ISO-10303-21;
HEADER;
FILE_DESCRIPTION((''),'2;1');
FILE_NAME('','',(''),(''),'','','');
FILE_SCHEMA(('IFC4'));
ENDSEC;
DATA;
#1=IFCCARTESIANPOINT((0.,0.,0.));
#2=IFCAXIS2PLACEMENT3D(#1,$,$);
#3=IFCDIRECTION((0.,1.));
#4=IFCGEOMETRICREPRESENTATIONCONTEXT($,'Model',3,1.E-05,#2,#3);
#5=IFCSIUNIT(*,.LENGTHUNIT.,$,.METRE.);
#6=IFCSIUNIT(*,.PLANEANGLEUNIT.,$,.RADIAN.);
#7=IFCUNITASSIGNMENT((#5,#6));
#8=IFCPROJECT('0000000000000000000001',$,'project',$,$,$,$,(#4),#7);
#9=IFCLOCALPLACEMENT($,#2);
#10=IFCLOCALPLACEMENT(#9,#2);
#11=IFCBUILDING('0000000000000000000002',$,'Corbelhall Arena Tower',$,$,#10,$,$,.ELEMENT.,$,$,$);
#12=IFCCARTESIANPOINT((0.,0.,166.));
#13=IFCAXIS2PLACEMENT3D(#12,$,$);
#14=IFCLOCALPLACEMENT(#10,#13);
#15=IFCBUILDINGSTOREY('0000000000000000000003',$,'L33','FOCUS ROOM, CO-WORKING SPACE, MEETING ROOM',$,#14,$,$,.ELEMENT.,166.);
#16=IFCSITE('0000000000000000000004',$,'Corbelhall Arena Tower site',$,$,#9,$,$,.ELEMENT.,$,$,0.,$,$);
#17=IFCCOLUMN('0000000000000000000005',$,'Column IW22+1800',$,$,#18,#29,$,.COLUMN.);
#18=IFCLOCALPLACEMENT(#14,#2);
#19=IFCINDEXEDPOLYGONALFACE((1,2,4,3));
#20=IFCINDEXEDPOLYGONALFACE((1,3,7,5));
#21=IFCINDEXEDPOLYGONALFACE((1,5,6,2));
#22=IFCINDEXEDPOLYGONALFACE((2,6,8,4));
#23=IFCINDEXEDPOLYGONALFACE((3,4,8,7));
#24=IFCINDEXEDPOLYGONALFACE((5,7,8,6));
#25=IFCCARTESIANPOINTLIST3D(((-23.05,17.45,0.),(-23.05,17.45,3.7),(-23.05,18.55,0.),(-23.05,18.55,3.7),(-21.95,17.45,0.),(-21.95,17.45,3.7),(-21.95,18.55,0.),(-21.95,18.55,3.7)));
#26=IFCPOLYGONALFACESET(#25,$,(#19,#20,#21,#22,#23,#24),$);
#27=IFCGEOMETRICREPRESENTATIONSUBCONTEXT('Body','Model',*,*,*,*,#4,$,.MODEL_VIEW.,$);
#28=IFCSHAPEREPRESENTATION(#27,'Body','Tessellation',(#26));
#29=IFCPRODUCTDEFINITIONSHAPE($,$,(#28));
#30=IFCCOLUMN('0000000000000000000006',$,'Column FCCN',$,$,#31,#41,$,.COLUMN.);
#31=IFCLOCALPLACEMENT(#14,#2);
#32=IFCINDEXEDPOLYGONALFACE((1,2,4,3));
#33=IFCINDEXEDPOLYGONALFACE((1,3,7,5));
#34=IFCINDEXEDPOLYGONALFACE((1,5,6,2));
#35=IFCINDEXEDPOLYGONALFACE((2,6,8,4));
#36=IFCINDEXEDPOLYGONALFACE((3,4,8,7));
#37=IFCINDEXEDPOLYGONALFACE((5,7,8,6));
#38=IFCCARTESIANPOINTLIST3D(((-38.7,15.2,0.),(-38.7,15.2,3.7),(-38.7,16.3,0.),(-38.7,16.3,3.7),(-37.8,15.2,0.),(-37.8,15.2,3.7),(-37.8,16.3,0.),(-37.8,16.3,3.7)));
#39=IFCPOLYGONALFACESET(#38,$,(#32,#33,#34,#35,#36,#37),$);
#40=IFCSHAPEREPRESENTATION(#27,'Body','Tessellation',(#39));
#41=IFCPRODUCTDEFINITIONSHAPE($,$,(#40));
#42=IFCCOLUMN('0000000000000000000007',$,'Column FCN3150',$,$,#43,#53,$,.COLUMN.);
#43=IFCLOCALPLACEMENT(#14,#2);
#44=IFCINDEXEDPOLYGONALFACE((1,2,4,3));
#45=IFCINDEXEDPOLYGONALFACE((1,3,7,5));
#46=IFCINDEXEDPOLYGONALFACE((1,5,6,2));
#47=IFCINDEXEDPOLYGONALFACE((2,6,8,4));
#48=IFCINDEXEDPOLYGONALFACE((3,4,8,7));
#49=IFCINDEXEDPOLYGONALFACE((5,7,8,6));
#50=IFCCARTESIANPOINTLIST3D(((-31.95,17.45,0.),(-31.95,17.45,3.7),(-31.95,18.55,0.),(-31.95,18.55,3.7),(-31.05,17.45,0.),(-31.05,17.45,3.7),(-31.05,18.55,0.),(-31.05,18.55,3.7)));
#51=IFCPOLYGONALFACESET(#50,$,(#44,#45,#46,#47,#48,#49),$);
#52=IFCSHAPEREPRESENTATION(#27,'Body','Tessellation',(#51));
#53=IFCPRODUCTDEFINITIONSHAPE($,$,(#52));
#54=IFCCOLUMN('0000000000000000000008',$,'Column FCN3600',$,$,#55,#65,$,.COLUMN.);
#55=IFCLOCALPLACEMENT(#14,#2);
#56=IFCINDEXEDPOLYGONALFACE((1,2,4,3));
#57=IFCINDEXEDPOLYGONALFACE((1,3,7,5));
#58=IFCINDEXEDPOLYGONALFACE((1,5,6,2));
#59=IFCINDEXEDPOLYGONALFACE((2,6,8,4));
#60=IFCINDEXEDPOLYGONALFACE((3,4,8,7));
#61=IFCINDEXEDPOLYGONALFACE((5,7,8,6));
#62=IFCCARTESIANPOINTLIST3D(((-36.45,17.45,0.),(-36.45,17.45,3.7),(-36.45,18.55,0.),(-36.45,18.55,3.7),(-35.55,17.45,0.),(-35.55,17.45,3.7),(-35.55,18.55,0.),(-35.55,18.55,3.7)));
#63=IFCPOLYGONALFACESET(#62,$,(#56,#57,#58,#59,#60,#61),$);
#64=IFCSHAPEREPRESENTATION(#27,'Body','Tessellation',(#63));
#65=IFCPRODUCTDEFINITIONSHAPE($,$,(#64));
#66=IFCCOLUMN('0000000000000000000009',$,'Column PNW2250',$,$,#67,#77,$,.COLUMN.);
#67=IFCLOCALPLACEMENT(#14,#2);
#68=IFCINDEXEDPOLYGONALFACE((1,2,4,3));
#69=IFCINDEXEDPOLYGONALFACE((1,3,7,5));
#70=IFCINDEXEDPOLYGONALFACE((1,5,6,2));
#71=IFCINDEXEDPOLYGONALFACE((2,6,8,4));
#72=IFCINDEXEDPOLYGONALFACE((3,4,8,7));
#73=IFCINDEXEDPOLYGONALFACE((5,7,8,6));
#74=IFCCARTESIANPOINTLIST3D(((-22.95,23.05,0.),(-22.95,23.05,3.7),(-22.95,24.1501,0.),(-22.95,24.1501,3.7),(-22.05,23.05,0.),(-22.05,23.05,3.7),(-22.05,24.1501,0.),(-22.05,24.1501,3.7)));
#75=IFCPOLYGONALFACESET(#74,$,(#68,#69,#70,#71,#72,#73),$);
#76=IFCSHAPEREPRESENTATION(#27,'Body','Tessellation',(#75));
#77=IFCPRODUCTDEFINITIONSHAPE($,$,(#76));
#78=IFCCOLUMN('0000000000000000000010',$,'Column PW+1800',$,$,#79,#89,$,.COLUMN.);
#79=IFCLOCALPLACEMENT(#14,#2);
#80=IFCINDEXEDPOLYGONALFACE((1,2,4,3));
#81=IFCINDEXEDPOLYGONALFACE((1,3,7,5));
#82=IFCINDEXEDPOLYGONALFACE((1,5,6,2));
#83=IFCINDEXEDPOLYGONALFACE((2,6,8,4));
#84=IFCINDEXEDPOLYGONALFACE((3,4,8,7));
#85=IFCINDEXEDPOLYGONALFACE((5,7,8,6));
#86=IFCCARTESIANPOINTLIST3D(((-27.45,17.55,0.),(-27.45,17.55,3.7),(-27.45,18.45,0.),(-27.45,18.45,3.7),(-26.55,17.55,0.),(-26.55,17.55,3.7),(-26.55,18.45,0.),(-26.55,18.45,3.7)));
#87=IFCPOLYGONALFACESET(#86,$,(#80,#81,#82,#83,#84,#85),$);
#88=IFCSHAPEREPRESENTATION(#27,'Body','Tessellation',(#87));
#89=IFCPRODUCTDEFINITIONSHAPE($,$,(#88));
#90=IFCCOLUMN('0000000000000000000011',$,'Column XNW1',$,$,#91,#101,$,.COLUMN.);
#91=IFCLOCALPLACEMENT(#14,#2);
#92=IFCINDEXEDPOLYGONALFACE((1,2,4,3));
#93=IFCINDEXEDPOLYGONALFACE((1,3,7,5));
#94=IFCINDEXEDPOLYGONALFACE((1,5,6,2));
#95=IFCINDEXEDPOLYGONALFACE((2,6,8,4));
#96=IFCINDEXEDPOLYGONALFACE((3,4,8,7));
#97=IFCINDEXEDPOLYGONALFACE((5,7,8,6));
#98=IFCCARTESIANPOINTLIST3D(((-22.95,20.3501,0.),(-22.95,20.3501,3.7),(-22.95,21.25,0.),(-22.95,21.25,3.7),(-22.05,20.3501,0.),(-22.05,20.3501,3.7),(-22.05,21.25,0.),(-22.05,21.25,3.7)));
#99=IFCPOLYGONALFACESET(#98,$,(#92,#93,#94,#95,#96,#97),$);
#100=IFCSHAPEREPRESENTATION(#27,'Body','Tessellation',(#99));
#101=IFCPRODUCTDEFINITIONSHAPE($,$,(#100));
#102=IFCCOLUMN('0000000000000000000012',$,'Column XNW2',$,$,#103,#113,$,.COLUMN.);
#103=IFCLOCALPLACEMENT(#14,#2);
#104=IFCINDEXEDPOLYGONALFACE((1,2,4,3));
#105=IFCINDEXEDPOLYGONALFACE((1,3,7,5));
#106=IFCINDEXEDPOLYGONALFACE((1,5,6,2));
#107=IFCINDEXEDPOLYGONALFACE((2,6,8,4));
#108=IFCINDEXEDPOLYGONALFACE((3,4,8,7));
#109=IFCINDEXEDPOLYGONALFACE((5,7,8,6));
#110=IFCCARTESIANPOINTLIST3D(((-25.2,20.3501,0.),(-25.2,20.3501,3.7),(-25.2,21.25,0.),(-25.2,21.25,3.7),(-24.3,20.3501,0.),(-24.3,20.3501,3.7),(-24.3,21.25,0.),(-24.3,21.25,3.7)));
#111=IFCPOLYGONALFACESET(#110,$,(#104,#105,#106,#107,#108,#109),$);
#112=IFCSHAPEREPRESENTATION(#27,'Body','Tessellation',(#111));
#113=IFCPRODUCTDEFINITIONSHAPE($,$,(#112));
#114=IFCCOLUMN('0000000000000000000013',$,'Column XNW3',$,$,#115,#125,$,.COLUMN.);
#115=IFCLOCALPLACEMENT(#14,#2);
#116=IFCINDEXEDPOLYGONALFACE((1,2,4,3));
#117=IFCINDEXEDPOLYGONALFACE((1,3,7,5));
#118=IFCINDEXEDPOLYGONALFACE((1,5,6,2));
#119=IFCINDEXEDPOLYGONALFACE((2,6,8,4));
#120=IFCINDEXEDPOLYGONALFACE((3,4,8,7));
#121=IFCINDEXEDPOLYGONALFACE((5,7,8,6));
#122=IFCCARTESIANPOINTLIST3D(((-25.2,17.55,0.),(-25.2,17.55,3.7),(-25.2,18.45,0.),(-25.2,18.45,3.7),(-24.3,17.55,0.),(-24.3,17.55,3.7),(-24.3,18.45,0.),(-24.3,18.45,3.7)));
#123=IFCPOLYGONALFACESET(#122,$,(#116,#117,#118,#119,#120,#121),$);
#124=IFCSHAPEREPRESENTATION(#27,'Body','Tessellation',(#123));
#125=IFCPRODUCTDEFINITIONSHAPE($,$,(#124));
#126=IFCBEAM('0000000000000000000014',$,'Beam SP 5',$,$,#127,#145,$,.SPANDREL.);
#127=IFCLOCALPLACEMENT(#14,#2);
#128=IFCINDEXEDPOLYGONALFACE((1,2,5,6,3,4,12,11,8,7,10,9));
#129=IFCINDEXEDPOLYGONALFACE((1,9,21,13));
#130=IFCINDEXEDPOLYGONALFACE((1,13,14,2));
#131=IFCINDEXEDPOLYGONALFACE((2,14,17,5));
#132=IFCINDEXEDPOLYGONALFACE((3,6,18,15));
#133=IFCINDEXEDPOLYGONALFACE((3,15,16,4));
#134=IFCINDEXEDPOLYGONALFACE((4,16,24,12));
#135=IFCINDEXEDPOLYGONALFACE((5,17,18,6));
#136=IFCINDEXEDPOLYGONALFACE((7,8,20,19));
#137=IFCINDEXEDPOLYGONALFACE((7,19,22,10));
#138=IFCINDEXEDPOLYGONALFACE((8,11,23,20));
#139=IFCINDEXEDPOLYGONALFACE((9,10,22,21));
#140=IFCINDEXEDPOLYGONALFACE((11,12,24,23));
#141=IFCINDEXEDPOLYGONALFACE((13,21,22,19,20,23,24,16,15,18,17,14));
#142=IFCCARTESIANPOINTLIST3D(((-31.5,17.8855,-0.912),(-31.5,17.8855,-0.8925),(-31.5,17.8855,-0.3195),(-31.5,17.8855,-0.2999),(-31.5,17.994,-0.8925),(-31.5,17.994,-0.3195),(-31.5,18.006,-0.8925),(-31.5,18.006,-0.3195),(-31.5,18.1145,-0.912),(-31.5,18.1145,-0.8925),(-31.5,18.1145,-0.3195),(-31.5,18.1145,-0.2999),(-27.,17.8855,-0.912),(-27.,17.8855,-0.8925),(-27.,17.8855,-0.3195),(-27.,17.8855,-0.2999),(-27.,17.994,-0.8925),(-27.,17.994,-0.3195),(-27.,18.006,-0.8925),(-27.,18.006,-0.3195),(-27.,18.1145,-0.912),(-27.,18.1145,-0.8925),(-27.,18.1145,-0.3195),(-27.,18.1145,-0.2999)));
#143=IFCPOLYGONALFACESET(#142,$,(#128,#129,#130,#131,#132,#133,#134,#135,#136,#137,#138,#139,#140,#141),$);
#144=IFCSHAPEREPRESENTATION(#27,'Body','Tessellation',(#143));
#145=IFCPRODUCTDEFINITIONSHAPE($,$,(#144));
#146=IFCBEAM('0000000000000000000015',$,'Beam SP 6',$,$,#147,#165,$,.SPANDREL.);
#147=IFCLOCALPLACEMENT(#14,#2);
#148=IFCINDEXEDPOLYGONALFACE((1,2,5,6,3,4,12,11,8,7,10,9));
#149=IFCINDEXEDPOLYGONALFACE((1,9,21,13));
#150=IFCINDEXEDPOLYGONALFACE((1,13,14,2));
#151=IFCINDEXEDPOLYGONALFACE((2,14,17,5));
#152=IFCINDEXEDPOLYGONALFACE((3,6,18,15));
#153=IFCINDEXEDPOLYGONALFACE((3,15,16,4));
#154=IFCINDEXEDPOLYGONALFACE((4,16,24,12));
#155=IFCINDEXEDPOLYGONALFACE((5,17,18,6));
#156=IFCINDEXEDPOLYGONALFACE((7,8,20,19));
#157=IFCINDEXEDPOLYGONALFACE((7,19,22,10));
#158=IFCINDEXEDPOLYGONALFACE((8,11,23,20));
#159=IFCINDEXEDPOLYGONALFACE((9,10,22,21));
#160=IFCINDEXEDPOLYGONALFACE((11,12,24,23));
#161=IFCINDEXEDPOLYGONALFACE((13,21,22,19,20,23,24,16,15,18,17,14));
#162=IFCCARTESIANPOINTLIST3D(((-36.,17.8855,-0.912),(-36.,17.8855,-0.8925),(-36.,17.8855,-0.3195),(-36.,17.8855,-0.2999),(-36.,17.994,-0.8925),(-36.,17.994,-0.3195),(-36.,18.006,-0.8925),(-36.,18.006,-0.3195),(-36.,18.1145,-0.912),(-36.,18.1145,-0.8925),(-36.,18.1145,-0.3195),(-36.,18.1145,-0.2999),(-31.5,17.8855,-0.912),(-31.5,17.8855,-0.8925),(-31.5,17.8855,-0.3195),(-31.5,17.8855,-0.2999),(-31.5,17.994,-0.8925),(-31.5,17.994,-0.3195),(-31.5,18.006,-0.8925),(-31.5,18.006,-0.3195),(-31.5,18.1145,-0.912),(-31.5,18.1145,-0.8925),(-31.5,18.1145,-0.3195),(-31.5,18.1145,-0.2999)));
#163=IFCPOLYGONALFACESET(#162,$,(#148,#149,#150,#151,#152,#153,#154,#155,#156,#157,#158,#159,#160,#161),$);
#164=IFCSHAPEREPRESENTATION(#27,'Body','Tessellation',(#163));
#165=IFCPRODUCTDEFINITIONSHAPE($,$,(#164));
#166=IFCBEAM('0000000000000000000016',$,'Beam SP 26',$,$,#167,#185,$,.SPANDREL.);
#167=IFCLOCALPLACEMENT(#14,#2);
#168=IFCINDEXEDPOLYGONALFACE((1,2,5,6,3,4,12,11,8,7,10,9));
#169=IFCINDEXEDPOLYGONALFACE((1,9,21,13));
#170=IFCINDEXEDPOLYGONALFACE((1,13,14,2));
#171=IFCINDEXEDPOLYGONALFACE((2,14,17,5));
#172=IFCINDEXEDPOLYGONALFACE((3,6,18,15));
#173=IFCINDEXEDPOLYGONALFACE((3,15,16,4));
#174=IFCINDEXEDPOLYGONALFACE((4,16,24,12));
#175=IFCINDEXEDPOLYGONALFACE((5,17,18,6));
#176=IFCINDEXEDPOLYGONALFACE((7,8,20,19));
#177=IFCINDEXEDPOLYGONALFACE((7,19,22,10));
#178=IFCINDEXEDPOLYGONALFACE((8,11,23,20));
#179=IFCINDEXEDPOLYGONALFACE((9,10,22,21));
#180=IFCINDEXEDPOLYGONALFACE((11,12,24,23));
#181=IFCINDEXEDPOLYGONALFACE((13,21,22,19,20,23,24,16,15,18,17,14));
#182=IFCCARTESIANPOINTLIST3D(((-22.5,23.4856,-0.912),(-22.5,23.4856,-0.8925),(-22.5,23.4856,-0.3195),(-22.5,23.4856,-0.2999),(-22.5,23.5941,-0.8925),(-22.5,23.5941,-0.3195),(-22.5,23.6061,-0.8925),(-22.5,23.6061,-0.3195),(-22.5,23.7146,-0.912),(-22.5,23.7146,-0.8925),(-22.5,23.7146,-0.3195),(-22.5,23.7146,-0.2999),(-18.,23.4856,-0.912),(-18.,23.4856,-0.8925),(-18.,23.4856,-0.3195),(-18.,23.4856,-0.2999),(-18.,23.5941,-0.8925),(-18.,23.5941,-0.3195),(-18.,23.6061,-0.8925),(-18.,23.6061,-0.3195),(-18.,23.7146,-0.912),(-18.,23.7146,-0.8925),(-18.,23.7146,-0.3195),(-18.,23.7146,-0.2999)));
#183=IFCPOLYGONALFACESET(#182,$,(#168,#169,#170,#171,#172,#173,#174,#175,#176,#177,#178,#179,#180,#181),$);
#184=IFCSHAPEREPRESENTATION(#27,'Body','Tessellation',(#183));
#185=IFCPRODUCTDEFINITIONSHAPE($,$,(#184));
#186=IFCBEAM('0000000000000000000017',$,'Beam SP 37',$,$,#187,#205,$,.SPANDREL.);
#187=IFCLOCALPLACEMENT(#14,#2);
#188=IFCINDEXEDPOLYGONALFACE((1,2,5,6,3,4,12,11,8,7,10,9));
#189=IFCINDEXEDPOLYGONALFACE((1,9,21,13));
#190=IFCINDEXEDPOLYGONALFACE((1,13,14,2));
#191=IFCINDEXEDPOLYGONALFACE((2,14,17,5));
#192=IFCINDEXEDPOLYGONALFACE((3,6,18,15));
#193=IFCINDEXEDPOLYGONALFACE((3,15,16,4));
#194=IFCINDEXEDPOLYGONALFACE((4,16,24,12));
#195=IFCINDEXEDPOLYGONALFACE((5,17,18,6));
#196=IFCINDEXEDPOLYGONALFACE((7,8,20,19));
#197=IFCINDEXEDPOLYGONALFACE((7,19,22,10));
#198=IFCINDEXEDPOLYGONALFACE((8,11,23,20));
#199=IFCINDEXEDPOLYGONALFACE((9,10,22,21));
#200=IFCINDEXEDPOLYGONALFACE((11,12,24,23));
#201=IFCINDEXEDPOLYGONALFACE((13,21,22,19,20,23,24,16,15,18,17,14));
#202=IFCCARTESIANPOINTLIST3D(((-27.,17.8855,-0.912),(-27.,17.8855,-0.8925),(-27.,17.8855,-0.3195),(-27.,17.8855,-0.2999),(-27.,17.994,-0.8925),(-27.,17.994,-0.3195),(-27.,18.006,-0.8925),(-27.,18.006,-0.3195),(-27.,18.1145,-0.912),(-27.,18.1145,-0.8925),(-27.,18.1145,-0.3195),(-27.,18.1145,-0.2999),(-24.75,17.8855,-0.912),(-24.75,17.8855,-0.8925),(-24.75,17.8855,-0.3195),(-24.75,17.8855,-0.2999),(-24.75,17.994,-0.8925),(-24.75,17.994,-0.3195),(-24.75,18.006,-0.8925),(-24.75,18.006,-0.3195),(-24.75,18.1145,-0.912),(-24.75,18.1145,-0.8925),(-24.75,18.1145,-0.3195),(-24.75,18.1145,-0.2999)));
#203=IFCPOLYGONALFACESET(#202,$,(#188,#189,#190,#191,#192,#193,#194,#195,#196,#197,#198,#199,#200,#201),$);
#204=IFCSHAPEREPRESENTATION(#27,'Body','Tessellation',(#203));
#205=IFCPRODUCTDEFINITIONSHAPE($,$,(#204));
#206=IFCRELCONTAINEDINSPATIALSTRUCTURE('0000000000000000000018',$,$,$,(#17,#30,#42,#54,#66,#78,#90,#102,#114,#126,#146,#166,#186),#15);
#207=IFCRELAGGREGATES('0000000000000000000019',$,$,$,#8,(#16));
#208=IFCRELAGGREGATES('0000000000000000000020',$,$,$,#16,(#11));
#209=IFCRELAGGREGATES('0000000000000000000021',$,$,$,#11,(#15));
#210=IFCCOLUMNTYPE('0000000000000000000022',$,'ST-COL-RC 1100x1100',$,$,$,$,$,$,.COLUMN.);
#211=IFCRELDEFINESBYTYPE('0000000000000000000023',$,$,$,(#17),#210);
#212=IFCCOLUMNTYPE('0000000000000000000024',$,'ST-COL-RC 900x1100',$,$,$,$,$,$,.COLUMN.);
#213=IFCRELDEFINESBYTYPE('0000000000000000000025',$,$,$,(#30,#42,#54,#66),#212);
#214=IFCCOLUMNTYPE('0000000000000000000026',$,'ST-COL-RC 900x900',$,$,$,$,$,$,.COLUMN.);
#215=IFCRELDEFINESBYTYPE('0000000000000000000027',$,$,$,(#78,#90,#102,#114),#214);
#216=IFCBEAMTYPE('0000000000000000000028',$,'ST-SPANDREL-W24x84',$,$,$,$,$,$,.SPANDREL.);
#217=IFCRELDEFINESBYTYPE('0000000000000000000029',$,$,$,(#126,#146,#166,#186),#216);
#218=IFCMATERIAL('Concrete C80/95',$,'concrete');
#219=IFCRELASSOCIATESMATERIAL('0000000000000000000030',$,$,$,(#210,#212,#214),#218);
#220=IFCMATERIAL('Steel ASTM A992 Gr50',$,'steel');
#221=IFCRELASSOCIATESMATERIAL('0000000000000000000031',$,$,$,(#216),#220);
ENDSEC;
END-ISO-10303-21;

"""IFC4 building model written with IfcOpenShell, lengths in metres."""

from ifc_helpers import new_model, si_unit, direction, frame, origin, origin_2d, place, context, subcontext, project, spatial, rectangle, i_section, extrude, material, material_profile, profile_set, type_object, element, save


model = new_model("IFC4")

# Units and contexts
model_context = context("Model", 3, precision=1e-05, world=origin(), true_north=direction((0.0, 1.0)))
body_context = subcontext(model_context, "Body", "Model", "MODEL_VIEW")
ifc_project = project(units=[si_unit("LENGTHUNIT", "METRE"), si_unit("PLANEANGLEUNIT", "RADIAN")], contexts=[model_context])

# Site, building, storey
site_placement = place(None, origin())
site = spatial("IfcSite", under=ifc_project, at=site_placement, Name="Corbelhall Arena Tower site", CompositionType="ELEMENT", RefElevation=0.0)
building_placement = place(site_placement, origin())
building = spatial("IfcBuilding", under=site, at=building_placement, Name="Corbelhall Arena Tower", CompositionType="ELEMENT")
storey_placement = place(building_placement, frame((0.0, 0.0, 166.0)))
storey = spatial("IfcBuildingStorey", under=building, at=storey_placement, Name="L33", Description="FOCUS ROOM, CO-WORKING SPACE, MEETING ROOM", CompositionType="ELEMENT", Elevation=166.0)

# Columns
ifc_material_1 = material(Name="Concrete C80/95", Category="concrete")
ifc_material_profile_1 = material_profile(ifc_material_1, rectangle(XDim=1.1001, YDim=1.1001, at=origin_2d()))
ifc_profile_set_1 = profile_set([ifc_material_profile_1], Name="Concrete C80/95")
column_type_1 = type_object("IfcColumnType", Name="ST-COL-RC 1100x1100", PredefinedType="COLUMN", material=ifc_profile_set_1)
column_placement = place(storey_placement, frame((-22.5, 18.0, 0.0), z_axis=(0.0, 0.0, 1.0), x_axis=(1.0, 0.0, 0.0)))
element("IfcColumn", 1, at=column_placement, inside=storey, type_object=column_type_1, Name="Column IW22+1800", PredefinedType="COLUMN", context=body_context, shape_type="SweptSolid", body=[
    extrude(rectangle(XDim=1.1001, YDim=1.1001, at=origin_2d()), origin(), (0.0, 0.0, 1.0), 3.7),
])
ifc_material_profile_2 = material_profile(ifc_material_1, rectangle(XDim=0.8999, YDim=1.1001, at=origin_2d()))
ifc_profile_set_2 = profile_set([ifc_material_profile_2], Name="Concrete C80/95")
column_type_2 = type_object("IfcColumnType", Name="ST-COL-RC 900x1100", PredefinedType="COLUMN", material=ifc_profile_set_2)
for number, where, z_axis, x_axis, name in (
    (2, (-38.25, 15.75, 0.0), (0.0, 0.0, 1.0), (1.0, 0.0, 0.0), "Column FCCN"),
    (3, (-31.5, 18.0, 0.0), (0.0, 0.0, 1.0), (1.0, 0.0, 0.0), "Column FCN3150"),
    (4, (-36.0, 18.0, 0.0), (0.0, 0.0, 1.0), (1.0, 0.0, 0.0), "Column FCN3600"),
    (5, (-22.5, 23.6001, 0.0), (0.0, 0.0, 1.0), (1.0, 0.0, 0.0), "Column PNW2250"),
):
    element("IfcColumn", number, at=place(storey_placement, frame(where, z_axis=z_axis, x_axis=x_axis)), inside=storey, type_object=column_type_2, Name=name, PredefinedType="COLUMN", context=body_context, shape_type="SweptSolid", body=[
        extrude(rectangle(XDim=0.8999, YDim=1.1001, at=origin_2d()), origin(), (0.0, 0.0, 1.0), 3.7),
    ])
ifc_material_profile_3 = material_profile(ifc_material_1, rectangle(XDim=0.8999, YDim=0.8999, at=origin_2d()))
ifc_profile_set_3 = profile_set([ifc_material_profile_3], Name="Concrete C80/95")
column_type_3 = type_object("IfcColumnType", Name="ST-COL-RC 900x900", PredefinedType="COLUMN", material=ifc_profile_set_3)
for number, where, z_axis, x_axis, name in (
    (6, (-27.0, 18.0, 0.0), (0.0, 0.0, 1.0), (1.0, 0.0, 0.0), "Column PW+1800"),
    (7, (-22.5, 20.8, 0.0), (0.0, 0.0, 1.0), (1.0, 0.0, 0.0), "Column XNW1"),
    (8, (-24.75, 20.8, 0.0), (0.0, 0.0, 1.0), (1.0, 0.0, 0.0), "Column XNW2"),
    (9, (-24.75, 18.0, 0.0), (0.0, 0.0, 1.0), (1.0, 0.0, 0.0), "Column XNW3"),
):
    element("IfcColumn", number, at=place(storey_placement, frame(where, z_axis=z_axis, x_axis=x_axis)), inside=storey, type_object=column_type_3, Name=name, PredefinedType="COLUMN", context=body_context, shape_type="SweptSolid", body=[
        extrude(rectangle(XDim=0.8999, YDim=0.8999, at=origin_2d()), origin(), (0.0, 0.0, 1.0), 3.7),
    ])

# Beams
ifc_material_2 = material(Name="Steel ASTM A992 Gr50", Category="steel")
ifc_material_profile_4 = material_profile(ifc_material_2, i_section(OverallWidth=0.229, OverallDepth=0.6121, WebThickness=0.012, FlangeThickness=0.0195, at=origin_2d()))
ifc_profile_set_4 = profile_set([ifc_material_profile_4], Name="Steel ASTM A992 Gr50")
beam_type = type_object("IfcBeamType", Name="ST-SPANDREL-W24x84", PredefinedType="SPANDREL", material=ifc_profile_set_4)
for number, where, z_axis, x_axis, name in (
    (10, (-31.5, 18.0, -0.606), (1.0, 0.0, 0.0), (0.0, 1.0, 0.0), "Beam SP 5"),
    (11, (-36.0, 18.0, -0.606), (1.0, 0.0, 0.0), (0.0, 1.0, 0.0), "Beam SP 6"),
    (12, (-22.5, 23.6001, -0.606), (1.0, 0.0, 0.0), (0.0, 1.0, 0.0), "Beam SP 26"),
):
    element("IfcBeam", number, at=place(storey_placement, frame(where, z_axis=z_axis, x_axis=x_axis)), inside=storey, type_object=beam_type, Name=name, PredefinedType="SPANDREL", context=body_context, shape_type="SweptSolid", body=[
        extrude(i_section(OverallWidth=0.229, OverallDepth=0.6121, WebThickness=0.012, FlangeThickness=0.0195, at=origin_2d()), origin(), (0.0, 0.0, 1.0), 4.5),
    ])
beam_1_placement = place(storey_placement, frame((-27.0, 18.0, -0.606), z_axis=(1.0, 0.0, 0.0), x_axis=(0.0, 1.0, 0.0)))
element("IfcBeam", 13, at=beam_1_placement, inside=storey, type_object=beam_type, Name="Beam SP 37", PredefinedType="SPANDREL", context=body_context, shape_type="SweptSolid", body=[
    extrude(i_section(OverallWidth=0.229, OverallDepth=0.6121, WebThickness=0.012, FlangeThickness=0.0195, at=origin_2d()), origin(), (0.0, 0.0, 1.0), 2.25),
])

save(model, "model.ifc")
